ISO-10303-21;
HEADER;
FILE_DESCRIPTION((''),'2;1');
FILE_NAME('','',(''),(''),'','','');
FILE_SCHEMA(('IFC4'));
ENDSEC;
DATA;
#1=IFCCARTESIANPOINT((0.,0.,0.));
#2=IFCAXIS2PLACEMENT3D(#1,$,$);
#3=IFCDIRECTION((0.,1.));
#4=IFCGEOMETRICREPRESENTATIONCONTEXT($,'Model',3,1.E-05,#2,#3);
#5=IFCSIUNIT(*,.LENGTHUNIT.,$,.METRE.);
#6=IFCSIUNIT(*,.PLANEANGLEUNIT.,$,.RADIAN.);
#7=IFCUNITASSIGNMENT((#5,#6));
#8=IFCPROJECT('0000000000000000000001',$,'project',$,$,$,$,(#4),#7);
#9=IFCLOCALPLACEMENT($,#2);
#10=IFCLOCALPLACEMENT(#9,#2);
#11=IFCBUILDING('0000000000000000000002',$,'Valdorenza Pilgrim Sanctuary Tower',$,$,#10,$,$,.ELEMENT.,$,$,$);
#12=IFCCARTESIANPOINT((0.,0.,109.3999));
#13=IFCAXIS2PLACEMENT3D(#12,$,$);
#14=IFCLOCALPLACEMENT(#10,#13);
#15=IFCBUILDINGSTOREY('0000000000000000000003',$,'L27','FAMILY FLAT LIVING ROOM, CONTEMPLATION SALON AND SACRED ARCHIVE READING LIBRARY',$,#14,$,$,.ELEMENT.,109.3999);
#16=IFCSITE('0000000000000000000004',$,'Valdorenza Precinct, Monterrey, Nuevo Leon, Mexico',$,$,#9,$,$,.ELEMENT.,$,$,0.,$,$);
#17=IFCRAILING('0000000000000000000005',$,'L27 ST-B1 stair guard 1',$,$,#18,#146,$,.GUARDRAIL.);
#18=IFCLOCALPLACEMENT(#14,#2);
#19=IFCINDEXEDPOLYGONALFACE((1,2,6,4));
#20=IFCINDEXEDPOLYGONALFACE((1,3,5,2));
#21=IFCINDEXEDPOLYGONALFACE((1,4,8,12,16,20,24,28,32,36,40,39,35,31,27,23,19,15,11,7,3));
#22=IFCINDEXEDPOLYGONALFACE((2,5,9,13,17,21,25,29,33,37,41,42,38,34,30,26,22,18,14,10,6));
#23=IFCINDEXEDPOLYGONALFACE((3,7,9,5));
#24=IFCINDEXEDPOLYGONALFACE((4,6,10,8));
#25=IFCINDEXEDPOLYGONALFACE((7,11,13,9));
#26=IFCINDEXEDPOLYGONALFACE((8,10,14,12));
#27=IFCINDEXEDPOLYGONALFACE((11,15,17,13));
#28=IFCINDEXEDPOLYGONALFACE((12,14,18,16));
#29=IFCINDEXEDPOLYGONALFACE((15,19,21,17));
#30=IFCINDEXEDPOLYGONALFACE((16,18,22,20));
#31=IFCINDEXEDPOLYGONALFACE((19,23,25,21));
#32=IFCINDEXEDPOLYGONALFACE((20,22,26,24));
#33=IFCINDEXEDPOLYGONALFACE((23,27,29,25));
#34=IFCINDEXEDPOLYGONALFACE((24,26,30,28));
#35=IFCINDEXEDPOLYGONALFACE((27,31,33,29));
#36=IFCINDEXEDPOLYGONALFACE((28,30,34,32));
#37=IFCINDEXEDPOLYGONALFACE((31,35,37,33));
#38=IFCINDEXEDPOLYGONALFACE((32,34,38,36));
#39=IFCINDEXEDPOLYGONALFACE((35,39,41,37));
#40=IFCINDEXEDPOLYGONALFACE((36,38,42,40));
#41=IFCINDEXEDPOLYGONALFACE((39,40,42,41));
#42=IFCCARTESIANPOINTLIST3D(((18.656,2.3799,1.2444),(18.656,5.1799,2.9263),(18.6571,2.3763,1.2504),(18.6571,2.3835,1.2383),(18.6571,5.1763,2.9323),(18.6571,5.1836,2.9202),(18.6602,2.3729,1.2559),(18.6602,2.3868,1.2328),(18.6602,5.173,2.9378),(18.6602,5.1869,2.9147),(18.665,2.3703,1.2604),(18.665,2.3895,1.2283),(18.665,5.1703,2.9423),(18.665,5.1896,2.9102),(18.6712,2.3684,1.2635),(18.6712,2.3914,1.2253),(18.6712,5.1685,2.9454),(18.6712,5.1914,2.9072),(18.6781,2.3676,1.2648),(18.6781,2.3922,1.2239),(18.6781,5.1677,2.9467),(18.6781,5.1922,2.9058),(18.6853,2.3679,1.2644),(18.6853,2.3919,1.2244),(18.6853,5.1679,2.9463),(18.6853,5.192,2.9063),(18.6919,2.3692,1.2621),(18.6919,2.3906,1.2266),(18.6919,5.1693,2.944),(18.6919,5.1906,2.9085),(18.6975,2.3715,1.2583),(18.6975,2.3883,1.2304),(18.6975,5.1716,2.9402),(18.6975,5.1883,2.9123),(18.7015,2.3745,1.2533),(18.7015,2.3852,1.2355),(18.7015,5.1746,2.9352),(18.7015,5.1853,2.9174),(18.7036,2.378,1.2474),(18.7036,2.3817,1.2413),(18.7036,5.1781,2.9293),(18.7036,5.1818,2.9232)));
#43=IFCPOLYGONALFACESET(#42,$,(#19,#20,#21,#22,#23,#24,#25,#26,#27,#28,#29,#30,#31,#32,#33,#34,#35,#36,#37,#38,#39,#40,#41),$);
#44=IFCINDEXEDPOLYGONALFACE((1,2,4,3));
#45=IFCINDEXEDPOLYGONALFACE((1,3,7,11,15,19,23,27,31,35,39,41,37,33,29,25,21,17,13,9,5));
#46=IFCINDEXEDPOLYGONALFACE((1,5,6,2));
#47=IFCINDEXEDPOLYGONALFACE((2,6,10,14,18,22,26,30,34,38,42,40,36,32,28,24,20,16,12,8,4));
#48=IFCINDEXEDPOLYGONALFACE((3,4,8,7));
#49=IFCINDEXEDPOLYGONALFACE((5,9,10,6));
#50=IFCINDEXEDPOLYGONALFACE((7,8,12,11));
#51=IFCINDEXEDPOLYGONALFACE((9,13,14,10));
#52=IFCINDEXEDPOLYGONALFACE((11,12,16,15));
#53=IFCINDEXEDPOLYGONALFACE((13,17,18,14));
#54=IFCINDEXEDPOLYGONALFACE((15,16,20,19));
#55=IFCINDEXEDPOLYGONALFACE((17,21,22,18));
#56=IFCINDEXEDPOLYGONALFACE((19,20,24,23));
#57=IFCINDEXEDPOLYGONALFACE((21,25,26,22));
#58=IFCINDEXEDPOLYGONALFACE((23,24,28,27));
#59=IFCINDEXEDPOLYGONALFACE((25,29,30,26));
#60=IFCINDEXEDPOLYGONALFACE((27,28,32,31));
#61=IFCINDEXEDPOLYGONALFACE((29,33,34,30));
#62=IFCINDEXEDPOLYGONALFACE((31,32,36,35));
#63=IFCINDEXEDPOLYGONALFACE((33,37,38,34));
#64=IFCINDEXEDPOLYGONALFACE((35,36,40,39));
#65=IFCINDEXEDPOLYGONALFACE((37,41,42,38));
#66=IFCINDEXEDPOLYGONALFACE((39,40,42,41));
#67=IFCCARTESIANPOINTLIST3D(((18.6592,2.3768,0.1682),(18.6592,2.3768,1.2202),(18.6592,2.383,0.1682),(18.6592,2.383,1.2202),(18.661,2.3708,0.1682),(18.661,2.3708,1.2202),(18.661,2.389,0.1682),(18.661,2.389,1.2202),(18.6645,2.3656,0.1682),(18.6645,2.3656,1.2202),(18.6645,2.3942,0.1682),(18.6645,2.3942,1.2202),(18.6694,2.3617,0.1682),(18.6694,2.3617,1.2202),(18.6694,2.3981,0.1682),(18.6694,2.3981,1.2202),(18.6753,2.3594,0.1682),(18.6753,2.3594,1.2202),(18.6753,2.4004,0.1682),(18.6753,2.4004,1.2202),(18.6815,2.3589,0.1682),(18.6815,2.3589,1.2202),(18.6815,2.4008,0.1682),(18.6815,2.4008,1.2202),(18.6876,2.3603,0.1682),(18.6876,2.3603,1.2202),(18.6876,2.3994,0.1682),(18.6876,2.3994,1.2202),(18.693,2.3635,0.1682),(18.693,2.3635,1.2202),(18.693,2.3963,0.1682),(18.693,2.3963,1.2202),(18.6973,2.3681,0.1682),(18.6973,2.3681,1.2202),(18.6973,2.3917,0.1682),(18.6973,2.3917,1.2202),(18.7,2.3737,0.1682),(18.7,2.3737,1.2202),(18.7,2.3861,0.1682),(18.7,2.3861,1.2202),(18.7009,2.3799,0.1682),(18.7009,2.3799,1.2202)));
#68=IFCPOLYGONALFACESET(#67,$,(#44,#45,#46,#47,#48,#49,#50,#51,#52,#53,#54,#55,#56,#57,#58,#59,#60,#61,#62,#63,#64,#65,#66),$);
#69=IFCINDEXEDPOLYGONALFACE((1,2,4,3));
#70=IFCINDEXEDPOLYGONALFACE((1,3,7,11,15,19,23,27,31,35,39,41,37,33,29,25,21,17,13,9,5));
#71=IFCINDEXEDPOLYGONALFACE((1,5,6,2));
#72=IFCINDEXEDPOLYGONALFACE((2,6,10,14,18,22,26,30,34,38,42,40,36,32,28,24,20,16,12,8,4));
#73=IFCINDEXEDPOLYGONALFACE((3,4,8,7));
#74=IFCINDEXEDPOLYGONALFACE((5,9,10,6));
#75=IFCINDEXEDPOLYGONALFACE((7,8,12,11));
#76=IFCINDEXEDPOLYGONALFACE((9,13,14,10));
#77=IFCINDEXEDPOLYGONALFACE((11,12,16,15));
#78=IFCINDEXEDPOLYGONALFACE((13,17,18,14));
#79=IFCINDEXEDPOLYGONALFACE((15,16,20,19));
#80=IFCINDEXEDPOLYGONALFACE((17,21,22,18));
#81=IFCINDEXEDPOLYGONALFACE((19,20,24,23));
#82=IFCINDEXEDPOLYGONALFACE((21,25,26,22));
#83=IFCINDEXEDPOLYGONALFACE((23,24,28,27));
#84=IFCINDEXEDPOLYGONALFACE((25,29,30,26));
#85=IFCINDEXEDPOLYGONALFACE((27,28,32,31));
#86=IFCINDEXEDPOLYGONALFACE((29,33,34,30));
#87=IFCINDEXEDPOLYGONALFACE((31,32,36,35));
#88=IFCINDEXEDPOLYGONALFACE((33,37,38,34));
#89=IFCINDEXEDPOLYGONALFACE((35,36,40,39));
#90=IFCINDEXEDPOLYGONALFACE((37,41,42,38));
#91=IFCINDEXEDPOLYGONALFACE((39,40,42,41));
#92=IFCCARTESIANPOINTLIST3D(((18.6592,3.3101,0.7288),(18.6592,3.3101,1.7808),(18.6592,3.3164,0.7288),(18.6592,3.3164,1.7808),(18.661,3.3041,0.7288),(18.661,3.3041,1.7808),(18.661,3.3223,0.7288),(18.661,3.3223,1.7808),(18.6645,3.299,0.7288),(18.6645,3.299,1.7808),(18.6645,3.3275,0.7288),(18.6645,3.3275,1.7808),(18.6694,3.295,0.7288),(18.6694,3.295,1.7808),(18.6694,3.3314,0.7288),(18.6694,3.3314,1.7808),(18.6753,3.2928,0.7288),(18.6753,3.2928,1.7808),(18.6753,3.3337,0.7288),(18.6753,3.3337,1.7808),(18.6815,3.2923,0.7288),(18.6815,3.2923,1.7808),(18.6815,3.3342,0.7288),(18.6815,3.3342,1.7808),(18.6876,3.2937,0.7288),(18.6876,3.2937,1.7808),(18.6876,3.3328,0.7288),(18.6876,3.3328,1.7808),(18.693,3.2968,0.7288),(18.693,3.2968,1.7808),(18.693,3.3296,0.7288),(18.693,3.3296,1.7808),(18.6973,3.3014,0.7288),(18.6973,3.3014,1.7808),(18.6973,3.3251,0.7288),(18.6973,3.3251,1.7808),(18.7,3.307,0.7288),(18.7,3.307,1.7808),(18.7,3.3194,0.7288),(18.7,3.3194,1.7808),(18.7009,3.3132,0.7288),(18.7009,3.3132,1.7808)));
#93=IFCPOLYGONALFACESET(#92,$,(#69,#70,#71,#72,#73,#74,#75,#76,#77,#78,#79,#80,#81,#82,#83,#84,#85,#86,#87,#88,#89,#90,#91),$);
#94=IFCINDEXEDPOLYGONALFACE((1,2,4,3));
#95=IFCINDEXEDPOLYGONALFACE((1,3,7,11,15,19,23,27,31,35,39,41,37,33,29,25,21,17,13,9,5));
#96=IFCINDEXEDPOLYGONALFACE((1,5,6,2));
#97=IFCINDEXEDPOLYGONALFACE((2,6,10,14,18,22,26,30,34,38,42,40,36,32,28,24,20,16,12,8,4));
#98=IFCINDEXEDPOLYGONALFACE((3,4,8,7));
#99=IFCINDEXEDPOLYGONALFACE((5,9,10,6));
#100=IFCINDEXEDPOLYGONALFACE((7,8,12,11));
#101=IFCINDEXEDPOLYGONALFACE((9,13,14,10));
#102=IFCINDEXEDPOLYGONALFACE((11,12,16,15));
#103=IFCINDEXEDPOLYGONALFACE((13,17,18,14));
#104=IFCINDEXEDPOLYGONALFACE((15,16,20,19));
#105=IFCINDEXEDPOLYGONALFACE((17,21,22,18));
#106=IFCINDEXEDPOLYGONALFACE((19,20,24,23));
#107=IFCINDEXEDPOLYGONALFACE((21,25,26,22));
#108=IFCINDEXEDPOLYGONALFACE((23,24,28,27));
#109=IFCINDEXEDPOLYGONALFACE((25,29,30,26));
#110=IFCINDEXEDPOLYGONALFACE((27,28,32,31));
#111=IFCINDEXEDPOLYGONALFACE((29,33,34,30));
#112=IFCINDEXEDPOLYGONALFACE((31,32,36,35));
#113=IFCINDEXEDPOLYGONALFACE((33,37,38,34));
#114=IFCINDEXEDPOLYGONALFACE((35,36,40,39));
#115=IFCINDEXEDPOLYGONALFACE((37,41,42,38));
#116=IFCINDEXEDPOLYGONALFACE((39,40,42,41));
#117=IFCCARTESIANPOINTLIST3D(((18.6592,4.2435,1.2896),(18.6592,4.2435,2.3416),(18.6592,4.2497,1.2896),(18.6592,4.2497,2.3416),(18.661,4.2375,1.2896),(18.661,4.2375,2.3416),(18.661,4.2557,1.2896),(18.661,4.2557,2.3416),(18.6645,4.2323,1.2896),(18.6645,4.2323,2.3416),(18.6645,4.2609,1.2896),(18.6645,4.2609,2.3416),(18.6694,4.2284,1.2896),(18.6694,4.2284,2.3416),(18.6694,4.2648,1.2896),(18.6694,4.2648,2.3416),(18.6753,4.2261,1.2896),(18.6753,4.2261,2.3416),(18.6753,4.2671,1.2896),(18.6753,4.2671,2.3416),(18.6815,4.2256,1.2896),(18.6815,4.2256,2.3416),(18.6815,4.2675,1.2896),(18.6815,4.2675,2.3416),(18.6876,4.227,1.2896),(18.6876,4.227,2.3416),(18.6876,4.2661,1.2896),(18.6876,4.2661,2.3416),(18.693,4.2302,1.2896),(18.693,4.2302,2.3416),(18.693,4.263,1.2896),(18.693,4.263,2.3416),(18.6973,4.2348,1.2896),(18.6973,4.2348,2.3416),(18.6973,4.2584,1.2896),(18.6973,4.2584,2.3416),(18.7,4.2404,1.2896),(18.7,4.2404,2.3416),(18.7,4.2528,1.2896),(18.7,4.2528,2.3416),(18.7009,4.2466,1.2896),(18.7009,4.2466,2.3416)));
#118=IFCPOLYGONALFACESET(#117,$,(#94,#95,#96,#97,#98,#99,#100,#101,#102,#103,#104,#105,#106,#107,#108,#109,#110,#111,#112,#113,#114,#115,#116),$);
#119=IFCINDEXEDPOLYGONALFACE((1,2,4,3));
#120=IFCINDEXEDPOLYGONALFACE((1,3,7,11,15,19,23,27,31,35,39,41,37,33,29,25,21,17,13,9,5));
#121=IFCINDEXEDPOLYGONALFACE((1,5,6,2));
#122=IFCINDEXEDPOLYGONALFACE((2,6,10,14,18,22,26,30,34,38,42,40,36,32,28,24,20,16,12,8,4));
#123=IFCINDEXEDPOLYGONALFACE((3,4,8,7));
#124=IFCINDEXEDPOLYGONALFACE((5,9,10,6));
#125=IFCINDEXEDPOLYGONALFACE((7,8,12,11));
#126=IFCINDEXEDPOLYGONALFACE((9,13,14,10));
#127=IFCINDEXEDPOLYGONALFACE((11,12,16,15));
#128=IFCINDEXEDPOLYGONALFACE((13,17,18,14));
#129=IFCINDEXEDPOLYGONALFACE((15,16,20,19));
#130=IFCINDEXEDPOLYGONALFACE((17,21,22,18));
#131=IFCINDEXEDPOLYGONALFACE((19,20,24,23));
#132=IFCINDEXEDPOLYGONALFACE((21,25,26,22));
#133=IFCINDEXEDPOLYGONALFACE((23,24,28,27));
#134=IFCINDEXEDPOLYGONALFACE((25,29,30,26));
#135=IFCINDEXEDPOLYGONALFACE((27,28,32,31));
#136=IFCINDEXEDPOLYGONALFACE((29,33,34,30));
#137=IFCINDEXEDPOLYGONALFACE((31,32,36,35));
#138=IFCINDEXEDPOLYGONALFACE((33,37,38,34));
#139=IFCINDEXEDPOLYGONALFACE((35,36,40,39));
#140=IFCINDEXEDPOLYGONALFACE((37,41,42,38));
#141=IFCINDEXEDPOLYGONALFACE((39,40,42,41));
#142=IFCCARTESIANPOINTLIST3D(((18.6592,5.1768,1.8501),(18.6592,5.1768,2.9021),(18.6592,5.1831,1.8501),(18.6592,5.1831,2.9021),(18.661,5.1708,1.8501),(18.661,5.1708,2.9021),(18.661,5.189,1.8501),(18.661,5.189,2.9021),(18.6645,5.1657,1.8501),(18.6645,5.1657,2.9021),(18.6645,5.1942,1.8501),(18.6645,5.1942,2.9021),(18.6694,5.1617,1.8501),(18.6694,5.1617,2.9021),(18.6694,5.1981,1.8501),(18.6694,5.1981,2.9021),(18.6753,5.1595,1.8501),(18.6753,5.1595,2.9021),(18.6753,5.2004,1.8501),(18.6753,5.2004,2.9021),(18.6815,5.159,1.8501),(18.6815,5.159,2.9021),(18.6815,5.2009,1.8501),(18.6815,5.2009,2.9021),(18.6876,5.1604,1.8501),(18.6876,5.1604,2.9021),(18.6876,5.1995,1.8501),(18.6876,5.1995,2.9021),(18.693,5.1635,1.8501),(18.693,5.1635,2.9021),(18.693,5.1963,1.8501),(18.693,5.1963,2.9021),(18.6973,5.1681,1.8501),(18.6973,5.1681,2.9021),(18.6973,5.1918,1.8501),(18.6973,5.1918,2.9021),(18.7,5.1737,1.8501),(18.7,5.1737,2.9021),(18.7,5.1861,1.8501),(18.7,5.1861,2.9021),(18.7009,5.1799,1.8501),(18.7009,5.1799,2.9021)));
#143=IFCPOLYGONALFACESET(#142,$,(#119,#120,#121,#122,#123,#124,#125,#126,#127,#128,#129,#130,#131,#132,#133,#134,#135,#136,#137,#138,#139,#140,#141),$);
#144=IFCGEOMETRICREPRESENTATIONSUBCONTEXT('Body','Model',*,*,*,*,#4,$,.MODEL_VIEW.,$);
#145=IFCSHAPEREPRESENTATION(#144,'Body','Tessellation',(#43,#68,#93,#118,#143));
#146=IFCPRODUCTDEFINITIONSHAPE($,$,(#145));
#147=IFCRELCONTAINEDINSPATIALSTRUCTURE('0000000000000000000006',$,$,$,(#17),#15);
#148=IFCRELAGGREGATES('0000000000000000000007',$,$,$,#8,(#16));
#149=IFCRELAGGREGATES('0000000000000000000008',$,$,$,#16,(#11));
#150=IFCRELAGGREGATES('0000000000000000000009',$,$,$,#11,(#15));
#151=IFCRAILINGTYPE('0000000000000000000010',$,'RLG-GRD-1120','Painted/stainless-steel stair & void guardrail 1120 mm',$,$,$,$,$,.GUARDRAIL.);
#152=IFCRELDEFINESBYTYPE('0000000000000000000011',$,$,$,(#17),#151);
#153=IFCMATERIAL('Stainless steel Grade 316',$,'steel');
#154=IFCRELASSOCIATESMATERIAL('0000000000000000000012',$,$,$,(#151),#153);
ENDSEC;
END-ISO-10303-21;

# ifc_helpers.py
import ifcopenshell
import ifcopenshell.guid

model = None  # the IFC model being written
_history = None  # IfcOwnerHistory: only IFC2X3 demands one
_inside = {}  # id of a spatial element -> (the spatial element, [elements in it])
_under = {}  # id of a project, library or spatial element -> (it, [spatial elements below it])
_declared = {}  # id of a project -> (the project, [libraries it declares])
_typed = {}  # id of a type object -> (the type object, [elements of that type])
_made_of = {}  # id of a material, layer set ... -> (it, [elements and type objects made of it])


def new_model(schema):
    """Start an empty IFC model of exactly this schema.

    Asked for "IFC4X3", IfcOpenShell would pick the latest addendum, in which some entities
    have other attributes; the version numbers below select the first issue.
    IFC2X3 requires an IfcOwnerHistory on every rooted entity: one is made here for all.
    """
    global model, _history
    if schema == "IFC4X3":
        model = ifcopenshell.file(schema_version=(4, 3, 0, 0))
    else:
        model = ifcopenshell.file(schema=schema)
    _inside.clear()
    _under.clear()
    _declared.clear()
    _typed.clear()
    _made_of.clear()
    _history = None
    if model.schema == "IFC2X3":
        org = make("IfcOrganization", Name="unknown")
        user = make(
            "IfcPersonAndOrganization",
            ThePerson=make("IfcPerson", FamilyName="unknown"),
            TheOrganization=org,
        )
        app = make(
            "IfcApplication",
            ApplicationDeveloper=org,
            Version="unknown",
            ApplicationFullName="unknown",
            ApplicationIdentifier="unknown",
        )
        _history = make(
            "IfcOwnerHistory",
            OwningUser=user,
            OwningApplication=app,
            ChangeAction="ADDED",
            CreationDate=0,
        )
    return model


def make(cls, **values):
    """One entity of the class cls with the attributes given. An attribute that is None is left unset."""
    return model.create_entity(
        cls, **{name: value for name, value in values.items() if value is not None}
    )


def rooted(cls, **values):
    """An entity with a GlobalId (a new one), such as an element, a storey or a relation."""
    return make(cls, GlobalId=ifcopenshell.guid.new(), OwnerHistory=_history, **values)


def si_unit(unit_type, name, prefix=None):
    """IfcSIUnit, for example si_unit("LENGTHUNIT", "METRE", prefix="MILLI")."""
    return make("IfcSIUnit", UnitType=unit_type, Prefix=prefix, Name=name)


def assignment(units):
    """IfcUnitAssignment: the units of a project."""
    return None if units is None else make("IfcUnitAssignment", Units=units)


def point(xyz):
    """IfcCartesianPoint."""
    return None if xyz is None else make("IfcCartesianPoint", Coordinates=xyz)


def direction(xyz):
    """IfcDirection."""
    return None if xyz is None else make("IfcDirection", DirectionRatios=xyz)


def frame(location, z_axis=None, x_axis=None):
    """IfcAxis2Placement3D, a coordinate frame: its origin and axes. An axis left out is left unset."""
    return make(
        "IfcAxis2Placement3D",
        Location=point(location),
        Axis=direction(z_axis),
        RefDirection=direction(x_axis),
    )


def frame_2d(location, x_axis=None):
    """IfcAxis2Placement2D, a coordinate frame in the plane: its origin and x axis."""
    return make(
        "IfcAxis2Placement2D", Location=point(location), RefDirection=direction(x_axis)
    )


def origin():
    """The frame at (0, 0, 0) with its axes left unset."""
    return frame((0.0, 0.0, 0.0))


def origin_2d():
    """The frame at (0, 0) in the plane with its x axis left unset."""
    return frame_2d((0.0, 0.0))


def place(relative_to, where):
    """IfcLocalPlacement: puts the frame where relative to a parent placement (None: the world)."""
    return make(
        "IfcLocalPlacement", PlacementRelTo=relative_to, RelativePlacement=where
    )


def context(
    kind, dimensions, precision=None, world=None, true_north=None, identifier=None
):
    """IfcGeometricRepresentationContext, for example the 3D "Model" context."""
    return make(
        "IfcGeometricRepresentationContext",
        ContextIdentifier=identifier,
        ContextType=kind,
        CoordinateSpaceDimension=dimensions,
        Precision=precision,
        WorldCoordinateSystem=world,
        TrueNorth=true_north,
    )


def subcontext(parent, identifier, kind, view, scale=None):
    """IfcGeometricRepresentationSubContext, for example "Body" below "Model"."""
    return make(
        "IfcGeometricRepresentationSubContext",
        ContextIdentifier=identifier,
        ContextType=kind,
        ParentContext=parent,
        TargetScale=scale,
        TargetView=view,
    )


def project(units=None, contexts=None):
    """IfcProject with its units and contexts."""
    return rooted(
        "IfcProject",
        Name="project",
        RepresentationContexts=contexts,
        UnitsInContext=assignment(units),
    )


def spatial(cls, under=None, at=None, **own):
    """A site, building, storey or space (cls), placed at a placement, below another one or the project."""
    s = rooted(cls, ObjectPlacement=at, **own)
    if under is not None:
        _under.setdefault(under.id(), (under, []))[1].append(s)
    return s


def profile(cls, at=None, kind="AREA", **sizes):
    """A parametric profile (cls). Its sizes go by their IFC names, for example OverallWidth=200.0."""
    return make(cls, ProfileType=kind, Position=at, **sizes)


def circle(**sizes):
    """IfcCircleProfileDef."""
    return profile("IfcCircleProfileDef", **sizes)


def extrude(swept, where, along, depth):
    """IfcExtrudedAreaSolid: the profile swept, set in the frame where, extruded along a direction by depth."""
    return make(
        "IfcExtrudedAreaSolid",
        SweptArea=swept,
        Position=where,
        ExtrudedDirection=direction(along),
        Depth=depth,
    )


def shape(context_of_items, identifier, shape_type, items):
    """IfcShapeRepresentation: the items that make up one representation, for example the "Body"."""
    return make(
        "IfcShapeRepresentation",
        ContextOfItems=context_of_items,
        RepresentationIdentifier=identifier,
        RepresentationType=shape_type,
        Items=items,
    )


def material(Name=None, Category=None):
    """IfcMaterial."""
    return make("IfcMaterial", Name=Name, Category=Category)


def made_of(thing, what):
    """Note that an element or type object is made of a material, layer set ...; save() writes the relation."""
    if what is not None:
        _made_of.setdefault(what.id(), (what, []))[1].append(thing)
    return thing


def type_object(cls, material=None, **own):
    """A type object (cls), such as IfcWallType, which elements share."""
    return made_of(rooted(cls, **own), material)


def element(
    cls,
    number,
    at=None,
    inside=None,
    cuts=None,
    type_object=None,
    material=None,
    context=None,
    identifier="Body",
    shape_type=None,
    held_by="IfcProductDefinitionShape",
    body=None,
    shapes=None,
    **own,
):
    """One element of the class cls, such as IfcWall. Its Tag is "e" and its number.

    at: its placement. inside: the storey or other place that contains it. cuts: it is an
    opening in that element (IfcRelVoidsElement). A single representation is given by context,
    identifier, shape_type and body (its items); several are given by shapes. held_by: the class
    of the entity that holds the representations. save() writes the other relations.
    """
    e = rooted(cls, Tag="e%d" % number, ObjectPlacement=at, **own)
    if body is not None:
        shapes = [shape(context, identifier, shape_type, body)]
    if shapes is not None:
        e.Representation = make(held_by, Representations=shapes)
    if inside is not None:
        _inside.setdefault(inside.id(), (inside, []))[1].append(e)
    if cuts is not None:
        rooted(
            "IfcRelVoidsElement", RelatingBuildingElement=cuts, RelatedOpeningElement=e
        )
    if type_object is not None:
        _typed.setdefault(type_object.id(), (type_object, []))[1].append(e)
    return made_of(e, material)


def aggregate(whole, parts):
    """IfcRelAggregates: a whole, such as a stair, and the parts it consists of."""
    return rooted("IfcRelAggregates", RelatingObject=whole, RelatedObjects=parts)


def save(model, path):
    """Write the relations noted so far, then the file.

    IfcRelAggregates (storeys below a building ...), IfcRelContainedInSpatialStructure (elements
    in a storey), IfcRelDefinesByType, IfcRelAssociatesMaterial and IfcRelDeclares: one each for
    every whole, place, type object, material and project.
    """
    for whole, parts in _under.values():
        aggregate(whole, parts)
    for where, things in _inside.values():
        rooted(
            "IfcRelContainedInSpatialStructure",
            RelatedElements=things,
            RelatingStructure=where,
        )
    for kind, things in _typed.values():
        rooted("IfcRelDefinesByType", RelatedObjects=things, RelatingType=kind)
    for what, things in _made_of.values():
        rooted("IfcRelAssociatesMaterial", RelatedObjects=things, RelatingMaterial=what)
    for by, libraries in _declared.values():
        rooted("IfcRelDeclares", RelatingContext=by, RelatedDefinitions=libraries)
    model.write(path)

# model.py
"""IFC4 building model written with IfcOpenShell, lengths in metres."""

from ifc_helpers import new_model, si_unit, direction, frame, origin, origin_2d, place, context, subcontext, project, spatial, circle, extrude, material, type_object, element, save


model = new_model("IFC4")

# Units and contexts
model_context = context("Model", 3, precision=1e-05, world=origin(), true_north=direction((0.0, 1.0)))
body_context = subcontext(model_context, "Body", "Model", "MODEL_VIEW")
ifc_project = project(units=[si_unit("LENGTHUNIT", "METRE"), si_unit("PLANEANGLEUNIT", "RADIAN")], contexts=[model_context])

# Site, building, storey
site_placement = place(None, origin())
site = spatial("IfcSite", under=ifc_project, at=site_placement, Name="Valdorenza Precinct, Monterrey, Nuevo Leon, Mexico", CompositionType="ELEMENT", RefElevation=0.0)
building_placement = place(site_placement, origin())
building = spatial("IfcBuilding", under=site, at=building_placement, Name="Valdorenza Pilgrim Sanctuary Tower", CompositionType="ELEMENT")
storey_placement = place(building_placement, frame((0.0, 0.0, 109.3999)))
storey = spatial("IfcBuildingStorey", under=building, at=storey_placement, Name="L27", Description="FAMILY FLAT LIVING ROOM, CONTEMPLATION SALON AND SACRED ARCHIVE READING LIBRARY", CompositionType="ELEMENT", Elevation=109.3999)

# Railing
ifc_material_1 = material(Name="Stainless steel Grade 316", Category="steel")
railing_type_1 = type_object("IfcRailingType", Name="RLG-GRD-1120", Description="Painted/stainless-steel stair & void guardrail 1120 mm", PredefinedType="GUARDRAIL", material=ifc_material_1)
railing_1_placement = place(storey_placement, frame((18.6799, 2.3799, 0.1682)))
element("IfcRailing", 1, at=railing_1_placement, inside=storey, type_object=railing_type_1, Name="L27 ST-B1 stair guard 1", PredefinedType="GUARDRAIL", context=body_context, shape_type="SweptSolid", body=[
    extrude(circle(Radius=0.0239, at=origin_2d()), frame((0.0, 0.0, 1.0762), z_axis=(0.0, 0.857242, 0.514913), x_axis=(-1.0, 0.0, 0.0)), (0.0, 0.0, 1.0), 3.2664),
    extrude(circle(Radius=0.021, at=origin_2d()), origin(), (0.0, 0.0, 1.0), 1.052),
    extrude(circle(Radius=0.021, at=origin_2d()), frame((0.0, 0.9333, 0.5605)), (0.0, 0.0, 1.0), 1.052),
    extrude(circle(Radius=0.021, at=origin_2d()), frame((0.0, 1.8667, 1.1213)), (0.0, 0.0, 1.0), 1.052),
    extrude(circle(Radius=0.021, at=origin_2d()), frame((0.0, 2.8, 1.6819)), (0.0, 0.0, 1.0), 1.052),
])

save(model, "model.ifc")
